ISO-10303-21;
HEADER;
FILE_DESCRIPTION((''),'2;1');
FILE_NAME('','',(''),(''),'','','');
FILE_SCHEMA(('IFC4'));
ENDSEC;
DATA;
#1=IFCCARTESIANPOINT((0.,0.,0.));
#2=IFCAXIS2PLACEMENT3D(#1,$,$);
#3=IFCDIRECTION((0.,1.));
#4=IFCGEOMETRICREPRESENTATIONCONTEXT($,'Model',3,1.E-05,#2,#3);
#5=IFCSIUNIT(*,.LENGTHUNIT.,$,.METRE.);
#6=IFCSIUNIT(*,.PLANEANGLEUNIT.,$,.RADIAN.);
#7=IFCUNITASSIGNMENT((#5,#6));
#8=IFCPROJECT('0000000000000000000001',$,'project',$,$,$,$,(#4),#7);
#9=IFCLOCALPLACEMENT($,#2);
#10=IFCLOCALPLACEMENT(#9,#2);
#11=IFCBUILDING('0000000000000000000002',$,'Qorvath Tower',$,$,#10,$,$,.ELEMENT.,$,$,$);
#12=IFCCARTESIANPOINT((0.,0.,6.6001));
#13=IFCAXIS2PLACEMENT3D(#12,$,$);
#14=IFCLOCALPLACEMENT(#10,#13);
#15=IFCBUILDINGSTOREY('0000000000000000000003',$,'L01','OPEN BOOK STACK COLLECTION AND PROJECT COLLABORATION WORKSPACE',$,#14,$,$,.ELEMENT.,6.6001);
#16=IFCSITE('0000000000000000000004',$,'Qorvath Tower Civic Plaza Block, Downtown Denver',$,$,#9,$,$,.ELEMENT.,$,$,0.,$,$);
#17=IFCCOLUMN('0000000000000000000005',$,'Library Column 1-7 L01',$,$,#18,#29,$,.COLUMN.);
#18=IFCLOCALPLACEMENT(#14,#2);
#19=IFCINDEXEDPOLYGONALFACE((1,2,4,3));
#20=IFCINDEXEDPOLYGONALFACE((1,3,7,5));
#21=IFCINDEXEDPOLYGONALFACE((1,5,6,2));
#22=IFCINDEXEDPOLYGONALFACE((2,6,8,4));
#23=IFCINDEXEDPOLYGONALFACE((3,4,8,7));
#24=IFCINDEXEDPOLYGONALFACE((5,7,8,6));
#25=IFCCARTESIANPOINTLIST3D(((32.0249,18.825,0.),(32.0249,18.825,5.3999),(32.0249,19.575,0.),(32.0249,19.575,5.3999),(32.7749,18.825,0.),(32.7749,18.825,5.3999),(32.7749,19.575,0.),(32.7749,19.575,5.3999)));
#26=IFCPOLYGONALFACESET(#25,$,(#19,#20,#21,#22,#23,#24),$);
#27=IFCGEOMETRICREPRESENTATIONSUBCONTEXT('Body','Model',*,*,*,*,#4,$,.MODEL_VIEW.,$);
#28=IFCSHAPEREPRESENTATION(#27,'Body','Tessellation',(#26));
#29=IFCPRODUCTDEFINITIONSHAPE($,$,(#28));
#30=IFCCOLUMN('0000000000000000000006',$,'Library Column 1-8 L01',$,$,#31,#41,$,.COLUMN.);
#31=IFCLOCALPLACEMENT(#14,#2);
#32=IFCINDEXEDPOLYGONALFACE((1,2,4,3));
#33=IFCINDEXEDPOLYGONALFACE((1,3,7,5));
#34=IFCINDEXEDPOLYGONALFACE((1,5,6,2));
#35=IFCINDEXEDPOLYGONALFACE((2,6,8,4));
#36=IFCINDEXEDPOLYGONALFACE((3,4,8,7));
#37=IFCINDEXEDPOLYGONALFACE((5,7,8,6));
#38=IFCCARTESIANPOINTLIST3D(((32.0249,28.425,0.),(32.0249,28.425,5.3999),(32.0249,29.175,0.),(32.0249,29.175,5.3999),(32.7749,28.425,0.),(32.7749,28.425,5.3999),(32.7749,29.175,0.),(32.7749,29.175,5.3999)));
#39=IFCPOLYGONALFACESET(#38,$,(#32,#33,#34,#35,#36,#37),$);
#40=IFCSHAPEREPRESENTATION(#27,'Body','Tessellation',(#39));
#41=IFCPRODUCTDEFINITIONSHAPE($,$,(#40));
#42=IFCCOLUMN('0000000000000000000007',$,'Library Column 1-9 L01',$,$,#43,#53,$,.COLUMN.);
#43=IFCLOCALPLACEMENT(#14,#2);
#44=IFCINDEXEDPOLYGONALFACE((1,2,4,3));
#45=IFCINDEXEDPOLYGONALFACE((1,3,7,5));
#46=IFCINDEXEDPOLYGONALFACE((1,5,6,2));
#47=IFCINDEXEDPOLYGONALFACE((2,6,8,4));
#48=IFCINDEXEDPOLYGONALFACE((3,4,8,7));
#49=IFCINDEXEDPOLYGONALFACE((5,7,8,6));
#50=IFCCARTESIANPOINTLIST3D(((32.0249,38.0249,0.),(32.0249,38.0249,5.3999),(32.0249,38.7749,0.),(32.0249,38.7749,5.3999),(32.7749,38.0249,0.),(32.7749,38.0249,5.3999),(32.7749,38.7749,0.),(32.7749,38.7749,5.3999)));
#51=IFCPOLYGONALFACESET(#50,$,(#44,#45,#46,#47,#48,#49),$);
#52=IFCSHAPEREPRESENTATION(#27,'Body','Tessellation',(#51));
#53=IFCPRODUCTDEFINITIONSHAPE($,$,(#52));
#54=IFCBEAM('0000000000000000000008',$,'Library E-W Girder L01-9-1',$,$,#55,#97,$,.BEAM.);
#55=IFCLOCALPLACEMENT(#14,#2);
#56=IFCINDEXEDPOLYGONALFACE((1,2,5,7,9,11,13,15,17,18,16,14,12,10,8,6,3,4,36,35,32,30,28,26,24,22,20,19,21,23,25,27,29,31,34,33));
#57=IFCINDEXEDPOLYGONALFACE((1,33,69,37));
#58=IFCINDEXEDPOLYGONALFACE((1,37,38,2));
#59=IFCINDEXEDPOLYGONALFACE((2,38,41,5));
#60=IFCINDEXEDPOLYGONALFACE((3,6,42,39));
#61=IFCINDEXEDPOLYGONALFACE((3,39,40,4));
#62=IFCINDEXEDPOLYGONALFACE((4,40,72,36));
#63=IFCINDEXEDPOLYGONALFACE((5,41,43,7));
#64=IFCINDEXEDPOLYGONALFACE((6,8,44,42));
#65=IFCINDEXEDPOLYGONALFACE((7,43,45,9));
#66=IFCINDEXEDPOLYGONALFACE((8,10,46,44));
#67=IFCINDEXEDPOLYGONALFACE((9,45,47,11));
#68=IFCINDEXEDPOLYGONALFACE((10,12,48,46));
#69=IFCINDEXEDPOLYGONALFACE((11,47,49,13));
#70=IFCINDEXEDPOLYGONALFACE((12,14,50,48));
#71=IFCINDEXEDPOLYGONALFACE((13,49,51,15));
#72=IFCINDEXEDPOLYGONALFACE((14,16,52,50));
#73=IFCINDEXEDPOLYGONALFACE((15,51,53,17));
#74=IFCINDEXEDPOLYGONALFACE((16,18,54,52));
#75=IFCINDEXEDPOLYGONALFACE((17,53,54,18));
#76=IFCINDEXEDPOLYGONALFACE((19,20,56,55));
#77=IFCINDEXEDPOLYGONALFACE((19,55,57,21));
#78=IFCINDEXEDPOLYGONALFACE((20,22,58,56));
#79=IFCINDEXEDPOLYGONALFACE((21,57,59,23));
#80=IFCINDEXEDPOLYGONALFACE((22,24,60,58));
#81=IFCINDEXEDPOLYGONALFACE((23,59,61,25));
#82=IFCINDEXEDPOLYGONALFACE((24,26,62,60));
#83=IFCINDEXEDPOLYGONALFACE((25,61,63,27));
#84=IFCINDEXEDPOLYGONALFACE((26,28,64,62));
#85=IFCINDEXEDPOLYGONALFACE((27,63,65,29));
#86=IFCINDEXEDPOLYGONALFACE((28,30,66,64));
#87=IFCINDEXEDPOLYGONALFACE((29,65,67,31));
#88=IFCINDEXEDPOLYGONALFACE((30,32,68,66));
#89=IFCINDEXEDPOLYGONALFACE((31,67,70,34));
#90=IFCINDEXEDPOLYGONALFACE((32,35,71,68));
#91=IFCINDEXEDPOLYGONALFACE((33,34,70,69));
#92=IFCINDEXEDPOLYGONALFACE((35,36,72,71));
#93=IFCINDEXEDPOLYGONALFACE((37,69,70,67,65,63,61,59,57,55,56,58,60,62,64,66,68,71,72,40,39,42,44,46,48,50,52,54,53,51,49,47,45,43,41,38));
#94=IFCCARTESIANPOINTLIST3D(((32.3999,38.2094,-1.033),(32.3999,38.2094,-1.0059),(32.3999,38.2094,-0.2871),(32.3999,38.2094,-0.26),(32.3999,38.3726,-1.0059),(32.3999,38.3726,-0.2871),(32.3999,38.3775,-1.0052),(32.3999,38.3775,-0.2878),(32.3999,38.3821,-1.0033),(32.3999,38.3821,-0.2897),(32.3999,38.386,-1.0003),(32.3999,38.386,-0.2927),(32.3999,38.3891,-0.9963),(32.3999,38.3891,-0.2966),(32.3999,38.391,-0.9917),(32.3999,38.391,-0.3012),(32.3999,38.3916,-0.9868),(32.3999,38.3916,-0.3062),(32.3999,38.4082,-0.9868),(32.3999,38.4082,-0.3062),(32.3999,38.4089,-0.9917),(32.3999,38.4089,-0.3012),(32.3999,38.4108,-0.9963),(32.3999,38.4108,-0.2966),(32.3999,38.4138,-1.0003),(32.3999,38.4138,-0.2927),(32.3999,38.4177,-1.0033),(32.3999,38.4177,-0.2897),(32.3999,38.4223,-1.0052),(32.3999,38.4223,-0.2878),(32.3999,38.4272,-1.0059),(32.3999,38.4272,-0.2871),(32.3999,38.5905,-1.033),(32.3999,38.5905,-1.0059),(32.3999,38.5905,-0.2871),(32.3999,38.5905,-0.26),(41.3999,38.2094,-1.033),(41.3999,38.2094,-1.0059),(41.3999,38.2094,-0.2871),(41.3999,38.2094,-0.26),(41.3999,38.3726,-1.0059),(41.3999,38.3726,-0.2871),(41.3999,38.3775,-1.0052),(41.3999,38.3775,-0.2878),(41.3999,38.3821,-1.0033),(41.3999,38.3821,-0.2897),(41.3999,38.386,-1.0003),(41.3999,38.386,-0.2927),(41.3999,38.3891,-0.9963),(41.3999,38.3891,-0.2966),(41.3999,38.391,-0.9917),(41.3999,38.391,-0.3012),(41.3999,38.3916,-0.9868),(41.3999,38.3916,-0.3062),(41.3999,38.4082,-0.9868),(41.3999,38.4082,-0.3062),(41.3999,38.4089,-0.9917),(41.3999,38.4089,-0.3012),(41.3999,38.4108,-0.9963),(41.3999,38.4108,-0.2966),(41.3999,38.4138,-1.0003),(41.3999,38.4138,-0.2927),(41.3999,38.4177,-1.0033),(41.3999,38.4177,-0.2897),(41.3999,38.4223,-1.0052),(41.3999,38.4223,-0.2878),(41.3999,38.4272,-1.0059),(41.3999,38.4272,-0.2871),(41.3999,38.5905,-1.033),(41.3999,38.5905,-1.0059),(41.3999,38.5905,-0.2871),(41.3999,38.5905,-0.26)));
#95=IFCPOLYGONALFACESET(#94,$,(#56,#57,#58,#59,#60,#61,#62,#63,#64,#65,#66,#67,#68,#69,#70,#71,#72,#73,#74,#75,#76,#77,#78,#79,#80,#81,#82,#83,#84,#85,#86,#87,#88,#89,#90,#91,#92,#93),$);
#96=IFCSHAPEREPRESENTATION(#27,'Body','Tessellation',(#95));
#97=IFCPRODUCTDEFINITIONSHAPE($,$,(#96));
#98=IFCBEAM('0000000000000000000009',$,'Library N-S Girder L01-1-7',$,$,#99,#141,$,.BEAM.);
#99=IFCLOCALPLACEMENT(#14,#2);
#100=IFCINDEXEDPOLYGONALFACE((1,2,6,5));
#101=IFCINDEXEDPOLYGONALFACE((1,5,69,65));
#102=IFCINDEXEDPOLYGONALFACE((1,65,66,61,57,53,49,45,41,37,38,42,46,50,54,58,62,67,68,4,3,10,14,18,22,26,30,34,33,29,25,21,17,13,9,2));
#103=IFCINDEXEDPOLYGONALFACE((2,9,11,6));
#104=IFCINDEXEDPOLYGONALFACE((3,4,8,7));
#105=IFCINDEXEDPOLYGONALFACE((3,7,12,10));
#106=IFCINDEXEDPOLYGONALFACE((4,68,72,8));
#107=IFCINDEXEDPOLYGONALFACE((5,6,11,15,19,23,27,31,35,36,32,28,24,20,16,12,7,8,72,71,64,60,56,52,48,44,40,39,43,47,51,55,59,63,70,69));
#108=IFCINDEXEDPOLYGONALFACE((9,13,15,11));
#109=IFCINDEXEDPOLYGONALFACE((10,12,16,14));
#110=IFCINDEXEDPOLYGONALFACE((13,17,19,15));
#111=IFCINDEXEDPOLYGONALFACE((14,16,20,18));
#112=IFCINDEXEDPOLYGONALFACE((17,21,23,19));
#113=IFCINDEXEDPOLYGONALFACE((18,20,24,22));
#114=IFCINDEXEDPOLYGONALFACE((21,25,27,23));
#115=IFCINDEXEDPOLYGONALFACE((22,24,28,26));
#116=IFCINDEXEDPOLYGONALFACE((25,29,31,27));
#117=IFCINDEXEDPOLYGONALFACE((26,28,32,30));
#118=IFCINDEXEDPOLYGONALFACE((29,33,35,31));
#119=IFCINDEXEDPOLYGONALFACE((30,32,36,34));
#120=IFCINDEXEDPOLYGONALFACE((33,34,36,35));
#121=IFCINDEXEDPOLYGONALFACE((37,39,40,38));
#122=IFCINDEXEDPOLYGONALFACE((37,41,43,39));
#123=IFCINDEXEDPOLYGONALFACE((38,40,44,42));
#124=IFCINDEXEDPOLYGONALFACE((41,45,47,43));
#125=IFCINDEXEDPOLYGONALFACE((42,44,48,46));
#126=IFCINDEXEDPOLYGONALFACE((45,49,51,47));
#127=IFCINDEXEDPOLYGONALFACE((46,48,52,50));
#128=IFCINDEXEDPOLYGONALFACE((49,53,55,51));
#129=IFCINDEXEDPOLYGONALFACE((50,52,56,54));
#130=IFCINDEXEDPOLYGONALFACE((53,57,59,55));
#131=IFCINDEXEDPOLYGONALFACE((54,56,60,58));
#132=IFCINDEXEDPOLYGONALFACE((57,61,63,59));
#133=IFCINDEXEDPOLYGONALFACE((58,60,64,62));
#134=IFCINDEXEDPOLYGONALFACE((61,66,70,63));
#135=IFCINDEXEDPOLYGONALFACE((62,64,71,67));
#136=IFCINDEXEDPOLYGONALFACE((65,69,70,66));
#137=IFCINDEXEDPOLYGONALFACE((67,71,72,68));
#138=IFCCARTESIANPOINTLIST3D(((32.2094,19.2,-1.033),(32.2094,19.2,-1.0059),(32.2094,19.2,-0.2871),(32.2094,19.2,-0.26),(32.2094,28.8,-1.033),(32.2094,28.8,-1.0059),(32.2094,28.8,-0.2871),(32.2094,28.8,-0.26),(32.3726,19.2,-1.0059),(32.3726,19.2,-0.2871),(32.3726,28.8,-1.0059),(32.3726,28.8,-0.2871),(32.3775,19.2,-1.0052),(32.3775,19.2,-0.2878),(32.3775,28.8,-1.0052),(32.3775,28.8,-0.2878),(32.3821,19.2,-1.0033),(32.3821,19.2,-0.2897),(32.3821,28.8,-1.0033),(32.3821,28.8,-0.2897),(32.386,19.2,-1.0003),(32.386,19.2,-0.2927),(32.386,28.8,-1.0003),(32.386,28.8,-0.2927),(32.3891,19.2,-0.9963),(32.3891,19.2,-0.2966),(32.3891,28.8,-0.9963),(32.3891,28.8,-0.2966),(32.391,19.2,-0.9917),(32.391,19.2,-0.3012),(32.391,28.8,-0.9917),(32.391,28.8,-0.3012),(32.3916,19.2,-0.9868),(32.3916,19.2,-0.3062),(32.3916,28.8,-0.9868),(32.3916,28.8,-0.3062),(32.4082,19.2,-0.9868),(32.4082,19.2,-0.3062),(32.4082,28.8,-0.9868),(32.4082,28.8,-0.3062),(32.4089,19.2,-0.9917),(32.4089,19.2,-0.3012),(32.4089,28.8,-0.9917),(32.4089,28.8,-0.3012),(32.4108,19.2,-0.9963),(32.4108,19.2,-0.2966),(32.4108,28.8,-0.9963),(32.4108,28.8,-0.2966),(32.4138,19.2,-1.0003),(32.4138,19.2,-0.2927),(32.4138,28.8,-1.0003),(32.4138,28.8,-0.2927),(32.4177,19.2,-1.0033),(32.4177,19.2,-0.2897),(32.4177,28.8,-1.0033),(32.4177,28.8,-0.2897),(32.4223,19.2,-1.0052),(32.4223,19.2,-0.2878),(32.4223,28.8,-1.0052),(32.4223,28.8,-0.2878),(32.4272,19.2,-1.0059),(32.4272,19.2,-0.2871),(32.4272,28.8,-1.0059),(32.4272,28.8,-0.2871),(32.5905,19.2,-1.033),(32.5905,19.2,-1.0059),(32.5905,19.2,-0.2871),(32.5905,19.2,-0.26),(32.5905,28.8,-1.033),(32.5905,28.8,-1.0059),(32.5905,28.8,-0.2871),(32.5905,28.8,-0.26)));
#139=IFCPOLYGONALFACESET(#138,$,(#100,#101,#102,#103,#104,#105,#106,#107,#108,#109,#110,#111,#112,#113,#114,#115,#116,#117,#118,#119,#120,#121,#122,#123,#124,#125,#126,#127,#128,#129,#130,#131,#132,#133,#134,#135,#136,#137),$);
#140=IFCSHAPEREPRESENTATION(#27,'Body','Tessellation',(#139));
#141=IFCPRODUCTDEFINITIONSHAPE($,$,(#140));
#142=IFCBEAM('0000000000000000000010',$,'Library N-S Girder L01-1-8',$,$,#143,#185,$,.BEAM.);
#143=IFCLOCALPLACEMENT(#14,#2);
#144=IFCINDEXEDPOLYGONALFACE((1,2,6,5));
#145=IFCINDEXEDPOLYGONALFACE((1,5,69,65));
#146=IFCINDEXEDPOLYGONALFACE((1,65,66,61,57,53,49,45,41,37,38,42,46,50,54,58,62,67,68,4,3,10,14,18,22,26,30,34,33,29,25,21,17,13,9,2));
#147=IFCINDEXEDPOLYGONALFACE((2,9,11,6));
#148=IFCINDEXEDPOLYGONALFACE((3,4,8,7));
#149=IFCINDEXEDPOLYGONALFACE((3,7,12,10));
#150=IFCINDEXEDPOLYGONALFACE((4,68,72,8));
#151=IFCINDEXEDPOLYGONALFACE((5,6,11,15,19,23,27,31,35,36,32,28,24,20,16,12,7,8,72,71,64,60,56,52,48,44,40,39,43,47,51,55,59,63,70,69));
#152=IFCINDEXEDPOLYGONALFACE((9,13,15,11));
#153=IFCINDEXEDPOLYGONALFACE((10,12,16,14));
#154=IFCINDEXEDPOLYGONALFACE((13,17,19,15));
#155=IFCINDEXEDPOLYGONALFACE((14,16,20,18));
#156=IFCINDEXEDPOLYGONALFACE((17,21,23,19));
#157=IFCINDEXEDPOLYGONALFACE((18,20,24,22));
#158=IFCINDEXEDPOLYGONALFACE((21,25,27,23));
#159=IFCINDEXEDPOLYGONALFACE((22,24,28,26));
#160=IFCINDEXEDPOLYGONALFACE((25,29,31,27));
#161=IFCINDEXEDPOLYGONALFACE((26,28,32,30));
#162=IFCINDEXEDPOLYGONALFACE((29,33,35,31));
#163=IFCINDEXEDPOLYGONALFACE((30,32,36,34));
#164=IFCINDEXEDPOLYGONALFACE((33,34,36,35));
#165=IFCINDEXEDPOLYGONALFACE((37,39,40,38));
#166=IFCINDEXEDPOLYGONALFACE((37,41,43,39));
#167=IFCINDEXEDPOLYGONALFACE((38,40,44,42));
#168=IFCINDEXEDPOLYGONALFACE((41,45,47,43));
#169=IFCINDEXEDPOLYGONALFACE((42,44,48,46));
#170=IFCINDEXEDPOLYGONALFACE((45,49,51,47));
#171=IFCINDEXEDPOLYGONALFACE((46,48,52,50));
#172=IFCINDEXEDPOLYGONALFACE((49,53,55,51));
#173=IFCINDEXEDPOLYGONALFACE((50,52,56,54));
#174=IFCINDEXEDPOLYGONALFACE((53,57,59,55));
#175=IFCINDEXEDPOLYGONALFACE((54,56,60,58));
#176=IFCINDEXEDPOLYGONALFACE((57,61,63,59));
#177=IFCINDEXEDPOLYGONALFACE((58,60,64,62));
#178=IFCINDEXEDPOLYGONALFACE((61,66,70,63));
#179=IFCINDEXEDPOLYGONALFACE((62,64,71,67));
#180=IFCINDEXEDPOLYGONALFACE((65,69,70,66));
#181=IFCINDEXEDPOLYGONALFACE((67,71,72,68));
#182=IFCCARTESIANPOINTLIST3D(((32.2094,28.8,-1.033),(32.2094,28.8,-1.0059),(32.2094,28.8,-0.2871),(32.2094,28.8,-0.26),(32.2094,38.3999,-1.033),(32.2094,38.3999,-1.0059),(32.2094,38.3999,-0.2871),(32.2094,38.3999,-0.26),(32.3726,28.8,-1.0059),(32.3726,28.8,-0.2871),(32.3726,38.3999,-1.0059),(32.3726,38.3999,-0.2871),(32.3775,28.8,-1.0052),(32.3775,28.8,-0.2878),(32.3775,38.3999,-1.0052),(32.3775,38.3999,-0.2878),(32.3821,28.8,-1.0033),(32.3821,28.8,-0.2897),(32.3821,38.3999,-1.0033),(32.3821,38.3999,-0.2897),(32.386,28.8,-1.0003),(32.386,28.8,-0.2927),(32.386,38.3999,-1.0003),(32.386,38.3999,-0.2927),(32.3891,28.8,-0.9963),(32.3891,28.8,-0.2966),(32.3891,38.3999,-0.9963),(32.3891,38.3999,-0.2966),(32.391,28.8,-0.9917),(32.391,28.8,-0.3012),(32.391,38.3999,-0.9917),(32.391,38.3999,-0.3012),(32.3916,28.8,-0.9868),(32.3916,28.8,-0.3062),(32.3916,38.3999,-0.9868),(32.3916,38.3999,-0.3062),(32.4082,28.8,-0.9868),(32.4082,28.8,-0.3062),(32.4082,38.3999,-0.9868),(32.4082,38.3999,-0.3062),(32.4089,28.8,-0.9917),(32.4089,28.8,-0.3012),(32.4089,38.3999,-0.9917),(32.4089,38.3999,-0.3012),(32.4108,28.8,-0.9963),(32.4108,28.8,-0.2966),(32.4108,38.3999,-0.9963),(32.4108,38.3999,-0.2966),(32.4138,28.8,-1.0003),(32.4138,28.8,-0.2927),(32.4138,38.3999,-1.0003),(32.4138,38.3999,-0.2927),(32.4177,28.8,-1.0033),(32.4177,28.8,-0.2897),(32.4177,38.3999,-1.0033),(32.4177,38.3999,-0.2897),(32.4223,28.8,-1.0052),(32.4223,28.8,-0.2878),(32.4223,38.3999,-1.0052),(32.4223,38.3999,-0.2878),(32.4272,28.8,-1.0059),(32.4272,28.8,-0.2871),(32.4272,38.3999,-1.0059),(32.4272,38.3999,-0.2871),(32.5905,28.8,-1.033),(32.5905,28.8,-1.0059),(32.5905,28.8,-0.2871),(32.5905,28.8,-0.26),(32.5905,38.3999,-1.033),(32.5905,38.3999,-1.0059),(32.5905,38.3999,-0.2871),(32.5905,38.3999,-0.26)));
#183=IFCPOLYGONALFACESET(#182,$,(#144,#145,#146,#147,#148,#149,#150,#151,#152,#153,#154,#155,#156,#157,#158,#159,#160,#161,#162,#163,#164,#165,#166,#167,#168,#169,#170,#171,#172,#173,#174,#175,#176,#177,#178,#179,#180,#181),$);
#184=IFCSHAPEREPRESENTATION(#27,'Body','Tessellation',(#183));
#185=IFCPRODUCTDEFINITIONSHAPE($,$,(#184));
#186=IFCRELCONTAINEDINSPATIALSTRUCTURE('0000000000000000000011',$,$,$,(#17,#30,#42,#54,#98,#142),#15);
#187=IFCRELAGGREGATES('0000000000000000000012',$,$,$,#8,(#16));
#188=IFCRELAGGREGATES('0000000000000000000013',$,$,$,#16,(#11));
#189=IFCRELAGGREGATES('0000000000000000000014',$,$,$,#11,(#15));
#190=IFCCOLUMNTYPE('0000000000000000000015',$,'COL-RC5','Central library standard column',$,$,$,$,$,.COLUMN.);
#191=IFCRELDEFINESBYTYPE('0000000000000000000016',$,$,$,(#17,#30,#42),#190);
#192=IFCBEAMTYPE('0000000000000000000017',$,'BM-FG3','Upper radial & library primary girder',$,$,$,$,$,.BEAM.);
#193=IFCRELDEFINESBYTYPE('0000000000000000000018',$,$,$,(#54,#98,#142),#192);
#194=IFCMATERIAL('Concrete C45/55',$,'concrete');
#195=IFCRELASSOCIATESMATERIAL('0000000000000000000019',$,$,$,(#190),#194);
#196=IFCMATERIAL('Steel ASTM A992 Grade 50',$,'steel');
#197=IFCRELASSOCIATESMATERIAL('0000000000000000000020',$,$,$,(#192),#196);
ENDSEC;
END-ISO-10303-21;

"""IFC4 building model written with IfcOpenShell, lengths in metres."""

from ifc_helpers import new_model, si_unit, direction, frame, origin, origin_2d, place, context, subcontext, project, spatial, rectangle, i_section, extrude, material, material_profile, profile_set, type_object, element, save


model = new_model("IFC4")

# Units and contexts
model_context = context("Model", 3, precision=1e-05, world=origin(), true_north=direction((0.0, 1.0)))
body_context = subcontext(model_context, "Body", "Model", "MODEL_VIEW")
ifc_project = project(units=[si_unit("LENGTHUNIT", "METRE"), si_unit("PLANEANGLEUNIT", "RADIAN")], contexts=[model_context])

# Site, building, storey
site_placement = place(None, origin())
site = spatial("IfcSite", under=ifc_project, at=site_placement, Name="Qorvath Tower Civic Plaza Block, Downtown Denver", CompositionType="ELEMENT", RefElevation=0.0)
building_placement = place(site_placement, origin())
building = spatial("IfcBuilding", under=site, at=building_placement, Name="Qorvath Tower", CompositionType="ELEMENT")
storey_placement = place(building_placement, frame((0.0, 0.0, 6.6001)))
storey = spatial("IfcBuildingStorey", under=building, at=storey_placement, Name="L01", Description="OPEN BOOK STACK COLLECTION AND PROJECT COLLABORATION WORKSPACE", CompositionType="ELEMENT", Elevation=6.6001)

# Columns
ifc_material_1 = material(Name="Concrete C45/55", Category="concrete")
ifc_material_profile_1 = material_profile(ifc_material_1, rectangle(XDim=0.75, YDim=0.75, at=origin_2d()), Name="RC 750x750")
ifc_profile_set_1 = profile_set([ifc_material_profile_1], Name="Concrete C45/55")
column_type = type_object("IfcColumnType", Name="COL-RC5", Description="Central library standard column", PredefinedType="COLUMN", material=ifc_profile_set_1)
for number, where, z_axis, x_axis, name in (
    (1, (32.3999, 19.2, 0.0), (0.0, 0.0, 1.0), (1.0, 0.0, 0.0), "Library Column 1-7 L01"),
    (2, (32.3999, 28.8, 0.0), (0.0, 0.0, 1.0), (1.0, 0.0, 0.0), "Library Column 1-8 L01"),
    (3, (32.3999, 38.3999, 0.0), (0.0, 0.0, 1.0), (1.0, 0.0, 0.0), "Library Column 1-9 L01"),
):
    element("IfcColumn", number, at=place(storey_placement, frame(where, z_axis=z_axis, x_axis=x_axis)), inside=storey, type_object=column_type, Name=name, PredefinedType="COLUMN", context=body_context, shape_type="SweptSolid", body=[
        extrude(rectangle(XDim=0.75, YDim=0.75, at=origin_2d()), origin(), (0.0, 0.0, 1.0), 5.3999),
    ])

# Beams
ifc_material_2 = material(Name="Steel ASTM A992 Grade 50", Category="steel")
ifc_material_profile_2 = material_profile(ifc_material_2, i_section(OverallWidth=0.3811, OverallDepth=0.7729, WebThickness=0.0166, FlangeThickness=0.0271, FilletRadius=0.019, at=origin_2d()), Name="W30x173")
ifc_profile_set_2 = profile_set([ifc_material_profile_2], Name="Steel ASTM A992 Grade 50")
beam_type_1 = type_object("IfcBeamType", Name="BM-FG3", Description="Upper radial & library primary girder", PredefinedType="BEAM", material=ifc_profile_set_2)
beam_1_placement = place(storey_placement, frame((32.3999, 38.3999, -0.6465), z_axis=(1.0, 0.0, 0.0), x_axis=(0.0, 1.0, 0.0)))
element("IfcBeam", 4, at=beam_1_placement, inside=storey, type_object=beam_type_1, Name="Library E-W Girder L01-9-1", PredefinedType="BEAM", context=body_context, shape_type="SweptSolid", body=[
    extrude(i_section(OverallWidth=0.3811, OverallDepth=0.7729, WebThickness=0.0166, FlangeThickness=0.0271, FilletRadius=0.019, at=origin_2d()), origin(), (0.0, 0.0, 1.0), 9.0),
])
beam_2_placement = place(storey_placement, frame((32.3999, 19.2, -0.6465), z_axis=(0.0, 1.0, 0.0), x_axis=(-1.0, 0.0, 0.0)))
element("IfcBeam", 5, at=beam_2_placement, inside=storey, type_object=beam_type_1, Name="Library N-S Girder L01-1-7", PredefinedType="BEAM", context=body_context, shape_type="SweptSolid", body=[
    extrude(i_section(OverallWidth=0.3811, OverallDepth=0.7729, WebThickness=0.0166, FlangeThickness=0.0271, FilletRadius=0.019, at=origin_2d()), origin(), (0.0, 0.0, 1.0), 9.6001),
])
beam_3_placement = place(storey_placement, frame((32.3999, 28.8, -0.6465), z_axis=(0.0, 1.0, 0.0), x_axis=(-1.0, 0.0, 0.0)))
element("IfcBeam", 6, at=beam_3_placement, inside=storey, type_object=beam_type_1, Name="Library N-S Girder L01-1-8", PredefinedType="BEAM", context=body_context, shape_type="SweptSolid", body=[
    extrude(i_section(OverallWidth=0.3811, OverallDepth=0.7729, WebThickness=0.0166, FlangeThickness=0.0271, FilletRadius=0.019, at=origin_2d()), origin(), (0.0, 0.0, 1.0), 9.5999),
])

save(model, "model.ifc")
